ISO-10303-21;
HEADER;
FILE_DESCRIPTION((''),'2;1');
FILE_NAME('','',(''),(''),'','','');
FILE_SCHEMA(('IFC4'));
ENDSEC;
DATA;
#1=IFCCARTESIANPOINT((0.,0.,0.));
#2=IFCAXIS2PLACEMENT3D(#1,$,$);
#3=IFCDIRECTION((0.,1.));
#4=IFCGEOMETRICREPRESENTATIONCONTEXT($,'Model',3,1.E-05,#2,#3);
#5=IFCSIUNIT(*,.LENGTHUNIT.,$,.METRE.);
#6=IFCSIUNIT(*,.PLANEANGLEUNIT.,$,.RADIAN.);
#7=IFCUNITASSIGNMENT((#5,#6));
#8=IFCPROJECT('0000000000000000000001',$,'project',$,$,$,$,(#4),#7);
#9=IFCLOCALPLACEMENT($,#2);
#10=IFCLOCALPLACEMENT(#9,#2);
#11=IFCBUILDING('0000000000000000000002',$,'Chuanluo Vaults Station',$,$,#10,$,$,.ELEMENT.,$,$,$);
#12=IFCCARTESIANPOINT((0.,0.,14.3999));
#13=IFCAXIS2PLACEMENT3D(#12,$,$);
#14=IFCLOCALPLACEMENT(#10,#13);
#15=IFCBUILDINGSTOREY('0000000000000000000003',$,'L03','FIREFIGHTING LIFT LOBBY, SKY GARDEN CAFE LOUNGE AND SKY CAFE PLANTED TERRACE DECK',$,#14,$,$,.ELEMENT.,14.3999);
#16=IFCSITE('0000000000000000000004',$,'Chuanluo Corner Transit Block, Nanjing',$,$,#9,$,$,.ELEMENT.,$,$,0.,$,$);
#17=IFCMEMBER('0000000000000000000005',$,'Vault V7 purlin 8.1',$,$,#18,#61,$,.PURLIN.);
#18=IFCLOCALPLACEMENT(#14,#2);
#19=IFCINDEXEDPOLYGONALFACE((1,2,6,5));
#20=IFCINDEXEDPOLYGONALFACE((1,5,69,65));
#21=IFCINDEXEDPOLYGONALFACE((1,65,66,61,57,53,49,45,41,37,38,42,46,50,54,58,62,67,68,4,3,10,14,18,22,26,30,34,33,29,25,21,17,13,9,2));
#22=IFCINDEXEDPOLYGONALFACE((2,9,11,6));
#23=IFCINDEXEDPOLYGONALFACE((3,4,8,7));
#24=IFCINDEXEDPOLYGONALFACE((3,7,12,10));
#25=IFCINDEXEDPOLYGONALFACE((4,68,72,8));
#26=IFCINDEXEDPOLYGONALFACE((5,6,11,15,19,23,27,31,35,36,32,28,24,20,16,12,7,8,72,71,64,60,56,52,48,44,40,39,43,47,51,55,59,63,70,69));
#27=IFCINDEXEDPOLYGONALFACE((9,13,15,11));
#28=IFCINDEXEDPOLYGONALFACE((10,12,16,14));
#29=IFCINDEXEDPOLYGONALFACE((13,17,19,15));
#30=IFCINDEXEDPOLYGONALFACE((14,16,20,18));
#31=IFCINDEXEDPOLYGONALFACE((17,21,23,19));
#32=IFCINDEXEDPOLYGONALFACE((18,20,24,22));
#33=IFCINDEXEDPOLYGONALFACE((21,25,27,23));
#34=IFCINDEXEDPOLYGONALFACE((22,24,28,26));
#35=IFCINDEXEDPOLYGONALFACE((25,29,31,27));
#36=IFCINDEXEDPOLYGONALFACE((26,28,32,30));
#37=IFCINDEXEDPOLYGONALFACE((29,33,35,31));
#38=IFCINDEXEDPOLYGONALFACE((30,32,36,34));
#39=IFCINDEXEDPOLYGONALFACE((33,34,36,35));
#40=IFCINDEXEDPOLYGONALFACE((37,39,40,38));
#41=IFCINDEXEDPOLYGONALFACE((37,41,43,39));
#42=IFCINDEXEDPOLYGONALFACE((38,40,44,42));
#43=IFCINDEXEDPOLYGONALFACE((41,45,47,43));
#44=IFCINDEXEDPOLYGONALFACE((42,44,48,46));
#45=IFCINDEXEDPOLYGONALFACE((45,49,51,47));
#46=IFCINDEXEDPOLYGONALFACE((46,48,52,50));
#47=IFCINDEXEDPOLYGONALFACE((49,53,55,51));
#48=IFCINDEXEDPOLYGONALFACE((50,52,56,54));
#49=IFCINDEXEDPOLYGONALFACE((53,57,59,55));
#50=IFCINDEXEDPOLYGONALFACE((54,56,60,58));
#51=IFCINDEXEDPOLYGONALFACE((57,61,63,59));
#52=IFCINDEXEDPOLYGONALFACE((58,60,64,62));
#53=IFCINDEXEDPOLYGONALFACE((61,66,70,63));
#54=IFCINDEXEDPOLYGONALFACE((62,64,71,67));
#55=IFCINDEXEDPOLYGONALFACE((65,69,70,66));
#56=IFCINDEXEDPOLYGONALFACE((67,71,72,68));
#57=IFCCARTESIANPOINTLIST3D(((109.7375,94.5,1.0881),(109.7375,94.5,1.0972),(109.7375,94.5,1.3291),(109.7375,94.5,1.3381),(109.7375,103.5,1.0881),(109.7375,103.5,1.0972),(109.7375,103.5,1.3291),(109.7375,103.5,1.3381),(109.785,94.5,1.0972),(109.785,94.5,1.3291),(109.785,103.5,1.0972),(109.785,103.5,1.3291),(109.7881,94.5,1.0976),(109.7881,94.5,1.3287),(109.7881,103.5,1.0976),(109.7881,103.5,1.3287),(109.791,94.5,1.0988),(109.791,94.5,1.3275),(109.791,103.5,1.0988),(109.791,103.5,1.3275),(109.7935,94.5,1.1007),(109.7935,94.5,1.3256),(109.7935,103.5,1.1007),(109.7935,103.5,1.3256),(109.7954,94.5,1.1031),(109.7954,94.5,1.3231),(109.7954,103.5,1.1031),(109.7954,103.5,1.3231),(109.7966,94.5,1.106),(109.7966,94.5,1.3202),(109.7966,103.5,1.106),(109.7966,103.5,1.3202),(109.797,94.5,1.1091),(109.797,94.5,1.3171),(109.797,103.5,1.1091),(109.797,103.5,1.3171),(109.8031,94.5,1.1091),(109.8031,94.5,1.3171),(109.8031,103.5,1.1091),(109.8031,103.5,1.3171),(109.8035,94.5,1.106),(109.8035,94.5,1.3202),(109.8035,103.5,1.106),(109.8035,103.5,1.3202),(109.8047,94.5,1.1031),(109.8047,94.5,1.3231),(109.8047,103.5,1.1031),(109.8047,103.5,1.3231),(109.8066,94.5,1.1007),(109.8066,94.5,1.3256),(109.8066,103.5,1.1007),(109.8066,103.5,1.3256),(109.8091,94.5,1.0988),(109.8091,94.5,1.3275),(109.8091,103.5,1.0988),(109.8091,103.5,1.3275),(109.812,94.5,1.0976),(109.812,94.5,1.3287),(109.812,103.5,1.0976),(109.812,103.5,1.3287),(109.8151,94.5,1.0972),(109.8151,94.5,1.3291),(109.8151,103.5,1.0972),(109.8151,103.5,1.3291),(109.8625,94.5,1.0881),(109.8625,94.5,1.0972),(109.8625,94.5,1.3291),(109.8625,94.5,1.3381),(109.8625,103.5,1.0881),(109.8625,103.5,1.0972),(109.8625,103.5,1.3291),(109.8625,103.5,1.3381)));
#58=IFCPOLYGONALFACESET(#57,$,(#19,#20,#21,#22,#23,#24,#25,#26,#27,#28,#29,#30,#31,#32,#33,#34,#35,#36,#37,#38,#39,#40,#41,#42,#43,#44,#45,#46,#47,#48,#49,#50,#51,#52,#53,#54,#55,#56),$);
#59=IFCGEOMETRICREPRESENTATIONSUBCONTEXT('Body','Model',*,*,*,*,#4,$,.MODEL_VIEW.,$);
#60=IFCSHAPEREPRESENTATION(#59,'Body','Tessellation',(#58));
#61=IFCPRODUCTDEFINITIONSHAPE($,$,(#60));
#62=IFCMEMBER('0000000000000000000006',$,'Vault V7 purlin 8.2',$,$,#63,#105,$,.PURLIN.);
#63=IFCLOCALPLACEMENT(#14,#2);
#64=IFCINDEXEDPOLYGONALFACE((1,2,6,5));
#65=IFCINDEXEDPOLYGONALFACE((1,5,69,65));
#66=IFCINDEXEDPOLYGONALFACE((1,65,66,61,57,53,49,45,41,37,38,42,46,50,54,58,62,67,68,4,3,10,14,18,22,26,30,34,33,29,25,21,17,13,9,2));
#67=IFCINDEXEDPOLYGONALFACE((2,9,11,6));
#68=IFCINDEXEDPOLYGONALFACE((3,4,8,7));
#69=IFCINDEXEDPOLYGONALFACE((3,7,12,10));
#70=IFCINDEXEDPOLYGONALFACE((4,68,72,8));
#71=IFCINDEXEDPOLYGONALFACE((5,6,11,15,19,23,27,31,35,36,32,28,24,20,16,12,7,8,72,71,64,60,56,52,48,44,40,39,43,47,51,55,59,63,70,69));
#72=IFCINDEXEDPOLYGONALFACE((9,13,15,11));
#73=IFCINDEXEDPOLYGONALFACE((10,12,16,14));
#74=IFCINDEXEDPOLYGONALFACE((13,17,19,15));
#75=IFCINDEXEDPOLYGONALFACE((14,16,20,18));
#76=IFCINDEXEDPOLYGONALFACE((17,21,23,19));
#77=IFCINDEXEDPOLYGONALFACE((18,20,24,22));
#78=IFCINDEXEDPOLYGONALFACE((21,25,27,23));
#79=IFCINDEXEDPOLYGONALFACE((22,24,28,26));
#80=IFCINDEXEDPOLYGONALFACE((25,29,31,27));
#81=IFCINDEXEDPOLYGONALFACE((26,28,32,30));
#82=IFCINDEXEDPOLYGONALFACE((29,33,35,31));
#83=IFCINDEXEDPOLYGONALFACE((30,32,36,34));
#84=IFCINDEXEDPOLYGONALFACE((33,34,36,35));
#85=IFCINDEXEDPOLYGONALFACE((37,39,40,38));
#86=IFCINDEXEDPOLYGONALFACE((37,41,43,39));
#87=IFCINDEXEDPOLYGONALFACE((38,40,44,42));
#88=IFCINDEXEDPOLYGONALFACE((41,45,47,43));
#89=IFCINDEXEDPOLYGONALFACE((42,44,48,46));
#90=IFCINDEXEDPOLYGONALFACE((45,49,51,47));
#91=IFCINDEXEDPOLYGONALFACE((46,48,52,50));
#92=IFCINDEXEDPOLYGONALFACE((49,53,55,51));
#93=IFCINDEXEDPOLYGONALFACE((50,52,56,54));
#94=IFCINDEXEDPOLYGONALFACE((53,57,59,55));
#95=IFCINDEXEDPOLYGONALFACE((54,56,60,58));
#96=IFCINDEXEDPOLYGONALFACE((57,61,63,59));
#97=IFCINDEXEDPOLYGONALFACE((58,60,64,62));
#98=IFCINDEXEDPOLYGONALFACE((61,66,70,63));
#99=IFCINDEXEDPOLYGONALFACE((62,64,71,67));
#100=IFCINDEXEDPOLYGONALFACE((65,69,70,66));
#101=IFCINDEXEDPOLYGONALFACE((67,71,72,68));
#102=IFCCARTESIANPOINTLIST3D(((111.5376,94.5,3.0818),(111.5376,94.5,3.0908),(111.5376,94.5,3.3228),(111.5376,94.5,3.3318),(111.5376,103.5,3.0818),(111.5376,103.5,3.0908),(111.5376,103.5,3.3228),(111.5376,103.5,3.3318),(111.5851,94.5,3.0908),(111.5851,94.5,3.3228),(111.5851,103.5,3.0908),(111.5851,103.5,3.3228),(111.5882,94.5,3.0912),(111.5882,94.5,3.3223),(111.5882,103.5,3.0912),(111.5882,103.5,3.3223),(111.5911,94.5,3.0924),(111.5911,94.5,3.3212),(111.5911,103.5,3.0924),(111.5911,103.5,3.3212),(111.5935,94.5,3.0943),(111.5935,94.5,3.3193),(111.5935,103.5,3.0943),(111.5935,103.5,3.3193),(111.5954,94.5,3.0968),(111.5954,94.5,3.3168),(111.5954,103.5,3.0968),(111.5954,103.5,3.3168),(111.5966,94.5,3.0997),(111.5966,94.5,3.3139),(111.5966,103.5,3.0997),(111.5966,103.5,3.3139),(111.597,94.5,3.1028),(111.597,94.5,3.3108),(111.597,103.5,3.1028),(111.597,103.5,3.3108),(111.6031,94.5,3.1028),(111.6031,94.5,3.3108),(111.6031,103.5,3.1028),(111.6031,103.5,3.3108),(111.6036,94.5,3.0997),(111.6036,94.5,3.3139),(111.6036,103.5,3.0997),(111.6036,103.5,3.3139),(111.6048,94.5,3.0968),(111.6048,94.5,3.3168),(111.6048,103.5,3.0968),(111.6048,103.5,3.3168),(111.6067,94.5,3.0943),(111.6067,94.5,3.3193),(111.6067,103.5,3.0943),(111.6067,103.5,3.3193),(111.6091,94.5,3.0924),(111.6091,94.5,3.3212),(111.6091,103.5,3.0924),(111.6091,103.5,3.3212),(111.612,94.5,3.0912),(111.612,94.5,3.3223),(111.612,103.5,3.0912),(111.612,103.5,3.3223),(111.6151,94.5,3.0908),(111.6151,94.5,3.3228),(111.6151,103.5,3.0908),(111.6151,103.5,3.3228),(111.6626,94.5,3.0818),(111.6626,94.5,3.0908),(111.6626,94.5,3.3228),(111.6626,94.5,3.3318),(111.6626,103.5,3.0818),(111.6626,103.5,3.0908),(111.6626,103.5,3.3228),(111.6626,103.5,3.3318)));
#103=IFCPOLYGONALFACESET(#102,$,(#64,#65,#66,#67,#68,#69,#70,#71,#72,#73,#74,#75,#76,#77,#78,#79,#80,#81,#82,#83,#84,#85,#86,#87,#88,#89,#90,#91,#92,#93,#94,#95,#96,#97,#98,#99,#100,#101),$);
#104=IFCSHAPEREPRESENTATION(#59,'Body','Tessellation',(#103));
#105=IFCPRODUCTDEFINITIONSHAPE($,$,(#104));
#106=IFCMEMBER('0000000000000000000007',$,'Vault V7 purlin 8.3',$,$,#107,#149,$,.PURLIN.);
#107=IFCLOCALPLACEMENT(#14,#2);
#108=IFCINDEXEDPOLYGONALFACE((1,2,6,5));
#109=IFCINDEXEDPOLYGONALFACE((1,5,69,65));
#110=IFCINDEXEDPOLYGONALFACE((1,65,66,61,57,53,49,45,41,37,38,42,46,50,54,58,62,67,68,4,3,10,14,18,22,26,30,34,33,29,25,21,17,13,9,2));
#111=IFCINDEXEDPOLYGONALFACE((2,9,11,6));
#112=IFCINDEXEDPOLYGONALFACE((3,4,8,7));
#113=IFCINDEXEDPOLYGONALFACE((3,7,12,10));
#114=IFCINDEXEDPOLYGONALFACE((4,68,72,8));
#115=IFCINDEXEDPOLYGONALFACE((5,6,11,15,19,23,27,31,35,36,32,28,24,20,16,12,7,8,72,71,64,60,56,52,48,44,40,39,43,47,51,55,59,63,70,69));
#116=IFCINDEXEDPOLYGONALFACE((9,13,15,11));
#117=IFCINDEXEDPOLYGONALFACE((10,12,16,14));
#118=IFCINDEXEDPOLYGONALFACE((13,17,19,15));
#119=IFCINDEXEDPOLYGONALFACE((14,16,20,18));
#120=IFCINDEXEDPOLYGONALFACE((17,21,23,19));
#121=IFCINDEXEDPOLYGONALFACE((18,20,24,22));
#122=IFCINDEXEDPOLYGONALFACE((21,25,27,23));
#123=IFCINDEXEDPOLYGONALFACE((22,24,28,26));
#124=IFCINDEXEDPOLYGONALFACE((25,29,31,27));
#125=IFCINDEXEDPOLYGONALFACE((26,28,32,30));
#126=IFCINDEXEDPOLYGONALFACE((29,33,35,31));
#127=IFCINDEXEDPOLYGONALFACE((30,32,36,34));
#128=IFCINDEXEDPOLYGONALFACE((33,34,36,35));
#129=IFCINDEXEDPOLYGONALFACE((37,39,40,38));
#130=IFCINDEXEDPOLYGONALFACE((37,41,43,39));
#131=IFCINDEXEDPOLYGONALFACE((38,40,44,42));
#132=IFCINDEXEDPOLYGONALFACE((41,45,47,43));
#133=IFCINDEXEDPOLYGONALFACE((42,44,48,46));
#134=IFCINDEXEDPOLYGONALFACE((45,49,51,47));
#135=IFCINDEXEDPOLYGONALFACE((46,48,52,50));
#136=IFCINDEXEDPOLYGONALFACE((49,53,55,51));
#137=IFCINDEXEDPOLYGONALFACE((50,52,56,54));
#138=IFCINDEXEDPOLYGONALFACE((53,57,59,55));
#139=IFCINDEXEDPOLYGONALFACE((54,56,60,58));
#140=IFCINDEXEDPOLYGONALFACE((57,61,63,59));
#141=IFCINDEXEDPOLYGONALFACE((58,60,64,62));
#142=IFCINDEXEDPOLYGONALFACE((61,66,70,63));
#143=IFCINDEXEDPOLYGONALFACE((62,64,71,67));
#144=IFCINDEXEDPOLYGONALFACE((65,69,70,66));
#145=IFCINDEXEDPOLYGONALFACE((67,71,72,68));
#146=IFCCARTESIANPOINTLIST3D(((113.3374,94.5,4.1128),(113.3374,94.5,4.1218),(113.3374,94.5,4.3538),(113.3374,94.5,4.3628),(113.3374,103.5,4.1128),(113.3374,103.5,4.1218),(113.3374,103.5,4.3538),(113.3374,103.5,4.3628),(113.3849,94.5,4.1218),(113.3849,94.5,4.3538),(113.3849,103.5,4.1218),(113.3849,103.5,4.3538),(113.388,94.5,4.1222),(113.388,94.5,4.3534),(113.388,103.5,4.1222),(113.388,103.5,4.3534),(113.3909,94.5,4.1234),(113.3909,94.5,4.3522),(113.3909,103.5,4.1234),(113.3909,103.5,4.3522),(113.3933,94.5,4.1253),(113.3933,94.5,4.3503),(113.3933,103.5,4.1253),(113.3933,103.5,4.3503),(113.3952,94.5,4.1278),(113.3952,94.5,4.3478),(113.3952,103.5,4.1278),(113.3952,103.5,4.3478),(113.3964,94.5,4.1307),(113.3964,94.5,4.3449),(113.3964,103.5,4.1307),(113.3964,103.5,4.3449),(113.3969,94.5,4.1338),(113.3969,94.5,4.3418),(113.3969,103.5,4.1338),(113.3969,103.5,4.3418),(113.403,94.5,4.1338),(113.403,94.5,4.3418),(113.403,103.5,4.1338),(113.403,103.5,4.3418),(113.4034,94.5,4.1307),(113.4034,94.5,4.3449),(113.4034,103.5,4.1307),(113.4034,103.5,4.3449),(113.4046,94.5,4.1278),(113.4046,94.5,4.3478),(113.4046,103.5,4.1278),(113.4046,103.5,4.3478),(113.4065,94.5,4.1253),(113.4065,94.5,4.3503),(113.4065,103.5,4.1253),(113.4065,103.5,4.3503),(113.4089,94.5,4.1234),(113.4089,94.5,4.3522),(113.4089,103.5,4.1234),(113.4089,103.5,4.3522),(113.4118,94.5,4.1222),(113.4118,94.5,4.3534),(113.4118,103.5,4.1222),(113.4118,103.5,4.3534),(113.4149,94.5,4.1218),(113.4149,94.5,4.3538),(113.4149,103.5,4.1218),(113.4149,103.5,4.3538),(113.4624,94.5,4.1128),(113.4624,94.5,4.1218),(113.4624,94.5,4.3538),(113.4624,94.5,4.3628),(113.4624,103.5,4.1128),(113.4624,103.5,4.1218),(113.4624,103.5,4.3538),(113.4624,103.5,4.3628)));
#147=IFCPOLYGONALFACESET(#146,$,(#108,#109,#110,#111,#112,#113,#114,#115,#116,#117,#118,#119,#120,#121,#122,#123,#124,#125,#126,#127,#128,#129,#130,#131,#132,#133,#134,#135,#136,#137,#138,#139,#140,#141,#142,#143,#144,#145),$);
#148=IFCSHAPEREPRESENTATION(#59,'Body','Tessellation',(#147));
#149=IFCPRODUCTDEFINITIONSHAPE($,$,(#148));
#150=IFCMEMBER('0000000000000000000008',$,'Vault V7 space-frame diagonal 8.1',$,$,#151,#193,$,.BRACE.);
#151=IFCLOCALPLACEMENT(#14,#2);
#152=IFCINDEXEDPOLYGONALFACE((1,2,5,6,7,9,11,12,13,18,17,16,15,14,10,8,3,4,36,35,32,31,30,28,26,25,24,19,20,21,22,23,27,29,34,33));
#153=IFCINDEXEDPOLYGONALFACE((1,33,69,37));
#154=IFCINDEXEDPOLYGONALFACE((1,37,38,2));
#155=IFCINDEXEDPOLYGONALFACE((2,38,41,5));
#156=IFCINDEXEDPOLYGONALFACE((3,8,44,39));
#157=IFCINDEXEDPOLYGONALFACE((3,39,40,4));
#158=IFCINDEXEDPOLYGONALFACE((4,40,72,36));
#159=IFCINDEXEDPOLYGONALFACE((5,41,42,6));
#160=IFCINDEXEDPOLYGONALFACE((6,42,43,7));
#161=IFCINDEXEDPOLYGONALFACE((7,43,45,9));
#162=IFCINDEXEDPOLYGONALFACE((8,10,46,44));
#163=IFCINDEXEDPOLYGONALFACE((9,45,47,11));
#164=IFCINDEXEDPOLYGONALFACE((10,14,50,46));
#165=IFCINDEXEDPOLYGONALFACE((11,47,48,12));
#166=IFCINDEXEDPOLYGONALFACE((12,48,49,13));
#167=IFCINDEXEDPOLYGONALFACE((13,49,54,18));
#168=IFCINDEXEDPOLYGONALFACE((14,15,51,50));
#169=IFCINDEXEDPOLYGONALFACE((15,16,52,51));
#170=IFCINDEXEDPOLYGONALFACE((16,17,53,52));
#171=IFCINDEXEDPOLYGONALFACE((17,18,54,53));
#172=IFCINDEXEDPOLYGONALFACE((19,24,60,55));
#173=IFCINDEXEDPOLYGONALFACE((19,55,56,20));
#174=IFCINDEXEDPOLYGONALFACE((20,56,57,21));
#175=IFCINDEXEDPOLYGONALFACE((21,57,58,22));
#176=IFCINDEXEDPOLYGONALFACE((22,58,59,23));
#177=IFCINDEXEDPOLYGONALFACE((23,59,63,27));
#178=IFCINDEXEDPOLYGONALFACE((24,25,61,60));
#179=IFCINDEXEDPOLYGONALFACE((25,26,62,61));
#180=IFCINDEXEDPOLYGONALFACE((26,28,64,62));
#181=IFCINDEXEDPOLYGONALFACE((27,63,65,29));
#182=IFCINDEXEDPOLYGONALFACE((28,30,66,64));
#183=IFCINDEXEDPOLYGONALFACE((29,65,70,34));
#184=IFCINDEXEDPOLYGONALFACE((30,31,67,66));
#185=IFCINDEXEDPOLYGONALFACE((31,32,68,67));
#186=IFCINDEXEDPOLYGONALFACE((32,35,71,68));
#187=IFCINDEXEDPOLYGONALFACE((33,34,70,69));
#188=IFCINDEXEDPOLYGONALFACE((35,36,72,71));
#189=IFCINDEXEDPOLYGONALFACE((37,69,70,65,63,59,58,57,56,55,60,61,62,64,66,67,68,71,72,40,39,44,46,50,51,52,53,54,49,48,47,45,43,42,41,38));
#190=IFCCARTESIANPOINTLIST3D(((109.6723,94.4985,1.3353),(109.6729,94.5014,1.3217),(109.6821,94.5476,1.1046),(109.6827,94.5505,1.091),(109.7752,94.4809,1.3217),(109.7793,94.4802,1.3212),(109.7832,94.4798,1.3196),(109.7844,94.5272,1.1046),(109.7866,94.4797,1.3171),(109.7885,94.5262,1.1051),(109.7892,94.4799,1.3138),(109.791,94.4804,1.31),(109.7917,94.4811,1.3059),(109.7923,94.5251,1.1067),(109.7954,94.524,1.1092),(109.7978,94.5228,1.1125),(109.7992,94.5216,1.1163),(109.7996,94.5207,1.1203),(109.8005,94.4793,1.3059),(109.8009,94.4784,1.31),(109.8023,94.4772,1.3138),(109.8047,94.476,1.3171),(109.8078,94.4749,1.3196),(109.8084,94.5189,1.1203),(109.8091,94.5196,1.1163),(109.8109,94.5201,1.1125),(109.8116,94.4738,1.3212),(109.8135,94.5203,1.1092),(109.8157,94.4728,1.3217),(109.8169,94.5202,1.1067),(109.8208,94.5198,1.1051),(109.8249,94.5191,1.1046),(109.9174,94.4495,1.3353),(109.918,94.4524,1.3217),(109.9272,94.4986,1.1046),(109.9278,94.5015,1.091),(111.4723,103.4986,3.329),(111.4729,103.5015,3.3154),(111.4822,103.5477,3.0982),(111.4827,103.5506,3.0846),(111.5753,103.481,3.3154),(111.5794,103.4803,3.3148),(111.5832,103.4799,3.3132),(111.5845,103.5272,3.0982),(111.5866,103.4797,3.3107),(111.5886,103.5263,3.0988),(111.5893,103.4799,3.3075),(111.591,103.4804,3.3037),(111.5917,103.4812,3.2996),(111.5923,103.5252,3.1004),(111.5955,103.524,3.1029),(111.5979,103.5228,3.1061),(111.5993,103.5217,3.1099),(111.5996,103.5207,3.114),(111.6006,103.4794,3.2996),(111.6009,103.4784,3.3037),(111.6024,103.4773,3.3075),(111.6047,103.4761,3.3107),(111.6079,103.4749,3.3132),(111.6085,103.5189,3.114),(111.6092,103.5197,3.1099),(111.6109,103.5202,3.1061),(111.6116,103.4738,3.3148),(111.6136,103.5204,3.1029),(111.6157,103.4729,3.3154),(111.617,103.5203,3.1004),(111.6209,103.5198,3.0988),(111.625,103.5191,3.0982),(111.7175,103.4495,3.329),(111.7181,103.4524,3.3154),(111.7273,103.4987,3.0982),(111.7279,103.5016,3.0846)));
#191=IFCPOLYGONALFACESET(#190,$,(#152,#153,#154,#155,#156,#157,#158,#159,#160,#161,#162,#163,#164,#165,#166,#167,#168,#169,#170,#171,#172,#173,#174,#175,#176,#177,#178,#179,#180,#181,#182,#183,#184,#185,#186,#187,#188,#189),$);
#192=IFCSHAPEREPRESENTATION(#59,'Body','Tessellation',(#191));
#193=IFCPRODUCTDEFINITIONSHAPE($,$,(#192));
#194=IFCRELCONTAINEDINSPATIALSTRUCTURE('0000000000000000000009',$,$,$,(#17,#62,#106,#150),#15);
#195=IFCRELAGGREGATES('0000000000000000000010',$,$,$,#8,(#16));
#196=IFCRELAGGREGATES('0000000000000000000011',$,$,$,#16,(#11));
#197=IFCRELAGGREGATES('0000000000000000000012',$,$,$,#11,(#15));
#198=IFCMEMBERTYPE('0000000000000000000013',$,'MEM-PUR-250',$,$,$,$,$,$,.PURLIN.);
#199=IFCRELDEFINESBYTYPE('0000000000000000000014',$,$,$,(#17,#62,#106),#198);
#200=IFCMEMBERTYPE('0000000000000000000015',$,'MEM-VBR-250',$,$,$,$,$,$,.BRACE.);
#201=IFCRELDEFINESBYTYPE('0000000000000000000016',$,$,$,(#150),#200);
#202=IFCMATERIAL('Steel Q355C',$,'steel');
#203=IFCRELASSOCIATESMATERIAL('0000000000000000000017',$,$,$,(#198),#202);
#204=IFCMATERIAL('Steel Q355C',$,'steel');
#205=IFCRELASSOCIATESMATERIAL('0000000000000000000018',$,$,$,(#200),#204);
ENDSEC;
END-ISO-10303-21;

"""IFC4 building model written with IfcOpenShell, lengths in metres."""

from ifc_helpers import new_model, si_unit, direction, frame, origin, origin_2d, place, context, subcontext, project, spatial, i_section, extrude, material, material_profile, profile_set, type_object, element, save


model = new_model("IFC4")

# Units and contexts
model_context = context("Model", 3, precision=1e-05, world=origin(), true_north=direction((0.0, 1.0)))
body_context = subcontext(model_context, "Body", "Model", "MODEL_VIEW")
ifc_project = project(units=[si_unit("LENGTHUNIT", "METRE"), si_unit("PLANEANGLEUNIT", "RADIAN")], contexts=[model_context])

# Site, building, storey
site_placement = place(None, origin())
site = spatial("IfcSite", under=ifc_project, at=site_placement, Name="Chuanluo Corner Transit Block, Nanjing", CompositionType="ELEMENT", RefElevation=0.0)
building_placement = place(site_placement, origin())
building = spatial("IfcBuilding", under=site, at=building_placement, Name="Chuanluo Vaults Station", CompositionType="ELEMENT")
storey_placement = place(building_placement, frame((0.0, 0.0, 14.3999)))
storey = spatial("IfcBuildingStorey", under=building, at=storey_placement, Name="L03", Description="FIREFIGHTING LIFT LOBBY, SKY GARDEN CAFE LOUNGE AND SKY CAFE PLANTED TERRACE DECK", CompositionType="ELEMENT", Elevation=14.3999)

# Members
ifc_material_1 = material(Name="Steel Q355C", Category="steel")
ifc_material_profile_1 = material_profile(ifc_material_1, i_section(OverallWidth=0.125, OverallDepth=0.25, WebThickness=0.0061, FlangeThickness=0.009, FilletRadius=0.012, at=origin_2d()))
ifc_profile_set_1 = profile_set([ifc_material_profile_1], Name="Steel Q355C")
member_type_1 = type_object("IfcMemberType", Name="MEM-PUR-250", PredefinedType="PURLIN", material=ifc_profile_set_1)
for number, where, z_axis, x_axis, name in (
    (1, (109.8, 94.5, 1.2131), (0.0, 1.0, 0.0), (-1.0, 0.0, 0.0), "Vault V7 purlin 8.1"),
    (2, (111.6001, 94.5, 3.2068), (0.0, 1.0, 0.0), (-1.0, 0.0, 0.0), "Vault V7 purlin 8.2"),
    (3, (113.3999, 94.5, 4.2378), (0.0, 1.0, 0.0), (-1.0, 0.0, 0.0), "Vault V7 purlin 8.3"),
):
    element("IfcMember", number, at=place(storey_placement, frame(where, z_axis=z_axis, x_axis=x_axis)), inside=storey, type_object=member_type_1, Name=name, PredefinedType="PURLIN", context=body_context, shape_type="SweptSolid", body=[
        extrude(i_section(OverallWidth=0.125, OverallDepth=0.25, WebThickness=0.0061, FlangeThickness=0.009, FilletRadius=0.012, at=origin_2d()), origin(), (0.0, 0.0, 1.0), 9.0),
    ])
ifc_material_2 = material(Name="Steel Q355C", Category="steel")
ifc_material_profile_2 = material_profile(ifc_material_2, i_section(OverallWidth=0.25, OverallDepth=0.25, WebThickness=0.009, FlangeThickness=0.0139, FilletRadius=0.0161, at=origin_2d()))
ifc_profile_set_2 = profile_set([ifc_material_profile_2], Name="Steel Q355C")
member_type_2 = type_object("IfcMemberType", Name="MEM-VBR-250", PredefinedType="BRACE", material=ifc_profile_set_2)
member_1_placement = place(storey_placement, frame((109.8, 94.5, 1.2131), z_axis=(0.191652, 0.958234, 0.212265), x_axis=(-0.98058, 0.196121, 0.0)))
element("IfcMember", 4, at=member_1_placement, inside=storey, type_object=member_type_2, Name="Vault V7 space-frame diagonal 8.1", PredefinedType="BRACE", context=body_context, shape_type="SweptSolid", body=[
    extrude(i_section(OverallWidth=0.25, OverallDepth=0.25, WebThickness=0.009, FlangeThickness=0.0139, FilletRadius=0.0161, at=origin_2d()), origin(), (0.0, 0.0, 1.0), 9.3923),
])

save(model, "model.ifc")
